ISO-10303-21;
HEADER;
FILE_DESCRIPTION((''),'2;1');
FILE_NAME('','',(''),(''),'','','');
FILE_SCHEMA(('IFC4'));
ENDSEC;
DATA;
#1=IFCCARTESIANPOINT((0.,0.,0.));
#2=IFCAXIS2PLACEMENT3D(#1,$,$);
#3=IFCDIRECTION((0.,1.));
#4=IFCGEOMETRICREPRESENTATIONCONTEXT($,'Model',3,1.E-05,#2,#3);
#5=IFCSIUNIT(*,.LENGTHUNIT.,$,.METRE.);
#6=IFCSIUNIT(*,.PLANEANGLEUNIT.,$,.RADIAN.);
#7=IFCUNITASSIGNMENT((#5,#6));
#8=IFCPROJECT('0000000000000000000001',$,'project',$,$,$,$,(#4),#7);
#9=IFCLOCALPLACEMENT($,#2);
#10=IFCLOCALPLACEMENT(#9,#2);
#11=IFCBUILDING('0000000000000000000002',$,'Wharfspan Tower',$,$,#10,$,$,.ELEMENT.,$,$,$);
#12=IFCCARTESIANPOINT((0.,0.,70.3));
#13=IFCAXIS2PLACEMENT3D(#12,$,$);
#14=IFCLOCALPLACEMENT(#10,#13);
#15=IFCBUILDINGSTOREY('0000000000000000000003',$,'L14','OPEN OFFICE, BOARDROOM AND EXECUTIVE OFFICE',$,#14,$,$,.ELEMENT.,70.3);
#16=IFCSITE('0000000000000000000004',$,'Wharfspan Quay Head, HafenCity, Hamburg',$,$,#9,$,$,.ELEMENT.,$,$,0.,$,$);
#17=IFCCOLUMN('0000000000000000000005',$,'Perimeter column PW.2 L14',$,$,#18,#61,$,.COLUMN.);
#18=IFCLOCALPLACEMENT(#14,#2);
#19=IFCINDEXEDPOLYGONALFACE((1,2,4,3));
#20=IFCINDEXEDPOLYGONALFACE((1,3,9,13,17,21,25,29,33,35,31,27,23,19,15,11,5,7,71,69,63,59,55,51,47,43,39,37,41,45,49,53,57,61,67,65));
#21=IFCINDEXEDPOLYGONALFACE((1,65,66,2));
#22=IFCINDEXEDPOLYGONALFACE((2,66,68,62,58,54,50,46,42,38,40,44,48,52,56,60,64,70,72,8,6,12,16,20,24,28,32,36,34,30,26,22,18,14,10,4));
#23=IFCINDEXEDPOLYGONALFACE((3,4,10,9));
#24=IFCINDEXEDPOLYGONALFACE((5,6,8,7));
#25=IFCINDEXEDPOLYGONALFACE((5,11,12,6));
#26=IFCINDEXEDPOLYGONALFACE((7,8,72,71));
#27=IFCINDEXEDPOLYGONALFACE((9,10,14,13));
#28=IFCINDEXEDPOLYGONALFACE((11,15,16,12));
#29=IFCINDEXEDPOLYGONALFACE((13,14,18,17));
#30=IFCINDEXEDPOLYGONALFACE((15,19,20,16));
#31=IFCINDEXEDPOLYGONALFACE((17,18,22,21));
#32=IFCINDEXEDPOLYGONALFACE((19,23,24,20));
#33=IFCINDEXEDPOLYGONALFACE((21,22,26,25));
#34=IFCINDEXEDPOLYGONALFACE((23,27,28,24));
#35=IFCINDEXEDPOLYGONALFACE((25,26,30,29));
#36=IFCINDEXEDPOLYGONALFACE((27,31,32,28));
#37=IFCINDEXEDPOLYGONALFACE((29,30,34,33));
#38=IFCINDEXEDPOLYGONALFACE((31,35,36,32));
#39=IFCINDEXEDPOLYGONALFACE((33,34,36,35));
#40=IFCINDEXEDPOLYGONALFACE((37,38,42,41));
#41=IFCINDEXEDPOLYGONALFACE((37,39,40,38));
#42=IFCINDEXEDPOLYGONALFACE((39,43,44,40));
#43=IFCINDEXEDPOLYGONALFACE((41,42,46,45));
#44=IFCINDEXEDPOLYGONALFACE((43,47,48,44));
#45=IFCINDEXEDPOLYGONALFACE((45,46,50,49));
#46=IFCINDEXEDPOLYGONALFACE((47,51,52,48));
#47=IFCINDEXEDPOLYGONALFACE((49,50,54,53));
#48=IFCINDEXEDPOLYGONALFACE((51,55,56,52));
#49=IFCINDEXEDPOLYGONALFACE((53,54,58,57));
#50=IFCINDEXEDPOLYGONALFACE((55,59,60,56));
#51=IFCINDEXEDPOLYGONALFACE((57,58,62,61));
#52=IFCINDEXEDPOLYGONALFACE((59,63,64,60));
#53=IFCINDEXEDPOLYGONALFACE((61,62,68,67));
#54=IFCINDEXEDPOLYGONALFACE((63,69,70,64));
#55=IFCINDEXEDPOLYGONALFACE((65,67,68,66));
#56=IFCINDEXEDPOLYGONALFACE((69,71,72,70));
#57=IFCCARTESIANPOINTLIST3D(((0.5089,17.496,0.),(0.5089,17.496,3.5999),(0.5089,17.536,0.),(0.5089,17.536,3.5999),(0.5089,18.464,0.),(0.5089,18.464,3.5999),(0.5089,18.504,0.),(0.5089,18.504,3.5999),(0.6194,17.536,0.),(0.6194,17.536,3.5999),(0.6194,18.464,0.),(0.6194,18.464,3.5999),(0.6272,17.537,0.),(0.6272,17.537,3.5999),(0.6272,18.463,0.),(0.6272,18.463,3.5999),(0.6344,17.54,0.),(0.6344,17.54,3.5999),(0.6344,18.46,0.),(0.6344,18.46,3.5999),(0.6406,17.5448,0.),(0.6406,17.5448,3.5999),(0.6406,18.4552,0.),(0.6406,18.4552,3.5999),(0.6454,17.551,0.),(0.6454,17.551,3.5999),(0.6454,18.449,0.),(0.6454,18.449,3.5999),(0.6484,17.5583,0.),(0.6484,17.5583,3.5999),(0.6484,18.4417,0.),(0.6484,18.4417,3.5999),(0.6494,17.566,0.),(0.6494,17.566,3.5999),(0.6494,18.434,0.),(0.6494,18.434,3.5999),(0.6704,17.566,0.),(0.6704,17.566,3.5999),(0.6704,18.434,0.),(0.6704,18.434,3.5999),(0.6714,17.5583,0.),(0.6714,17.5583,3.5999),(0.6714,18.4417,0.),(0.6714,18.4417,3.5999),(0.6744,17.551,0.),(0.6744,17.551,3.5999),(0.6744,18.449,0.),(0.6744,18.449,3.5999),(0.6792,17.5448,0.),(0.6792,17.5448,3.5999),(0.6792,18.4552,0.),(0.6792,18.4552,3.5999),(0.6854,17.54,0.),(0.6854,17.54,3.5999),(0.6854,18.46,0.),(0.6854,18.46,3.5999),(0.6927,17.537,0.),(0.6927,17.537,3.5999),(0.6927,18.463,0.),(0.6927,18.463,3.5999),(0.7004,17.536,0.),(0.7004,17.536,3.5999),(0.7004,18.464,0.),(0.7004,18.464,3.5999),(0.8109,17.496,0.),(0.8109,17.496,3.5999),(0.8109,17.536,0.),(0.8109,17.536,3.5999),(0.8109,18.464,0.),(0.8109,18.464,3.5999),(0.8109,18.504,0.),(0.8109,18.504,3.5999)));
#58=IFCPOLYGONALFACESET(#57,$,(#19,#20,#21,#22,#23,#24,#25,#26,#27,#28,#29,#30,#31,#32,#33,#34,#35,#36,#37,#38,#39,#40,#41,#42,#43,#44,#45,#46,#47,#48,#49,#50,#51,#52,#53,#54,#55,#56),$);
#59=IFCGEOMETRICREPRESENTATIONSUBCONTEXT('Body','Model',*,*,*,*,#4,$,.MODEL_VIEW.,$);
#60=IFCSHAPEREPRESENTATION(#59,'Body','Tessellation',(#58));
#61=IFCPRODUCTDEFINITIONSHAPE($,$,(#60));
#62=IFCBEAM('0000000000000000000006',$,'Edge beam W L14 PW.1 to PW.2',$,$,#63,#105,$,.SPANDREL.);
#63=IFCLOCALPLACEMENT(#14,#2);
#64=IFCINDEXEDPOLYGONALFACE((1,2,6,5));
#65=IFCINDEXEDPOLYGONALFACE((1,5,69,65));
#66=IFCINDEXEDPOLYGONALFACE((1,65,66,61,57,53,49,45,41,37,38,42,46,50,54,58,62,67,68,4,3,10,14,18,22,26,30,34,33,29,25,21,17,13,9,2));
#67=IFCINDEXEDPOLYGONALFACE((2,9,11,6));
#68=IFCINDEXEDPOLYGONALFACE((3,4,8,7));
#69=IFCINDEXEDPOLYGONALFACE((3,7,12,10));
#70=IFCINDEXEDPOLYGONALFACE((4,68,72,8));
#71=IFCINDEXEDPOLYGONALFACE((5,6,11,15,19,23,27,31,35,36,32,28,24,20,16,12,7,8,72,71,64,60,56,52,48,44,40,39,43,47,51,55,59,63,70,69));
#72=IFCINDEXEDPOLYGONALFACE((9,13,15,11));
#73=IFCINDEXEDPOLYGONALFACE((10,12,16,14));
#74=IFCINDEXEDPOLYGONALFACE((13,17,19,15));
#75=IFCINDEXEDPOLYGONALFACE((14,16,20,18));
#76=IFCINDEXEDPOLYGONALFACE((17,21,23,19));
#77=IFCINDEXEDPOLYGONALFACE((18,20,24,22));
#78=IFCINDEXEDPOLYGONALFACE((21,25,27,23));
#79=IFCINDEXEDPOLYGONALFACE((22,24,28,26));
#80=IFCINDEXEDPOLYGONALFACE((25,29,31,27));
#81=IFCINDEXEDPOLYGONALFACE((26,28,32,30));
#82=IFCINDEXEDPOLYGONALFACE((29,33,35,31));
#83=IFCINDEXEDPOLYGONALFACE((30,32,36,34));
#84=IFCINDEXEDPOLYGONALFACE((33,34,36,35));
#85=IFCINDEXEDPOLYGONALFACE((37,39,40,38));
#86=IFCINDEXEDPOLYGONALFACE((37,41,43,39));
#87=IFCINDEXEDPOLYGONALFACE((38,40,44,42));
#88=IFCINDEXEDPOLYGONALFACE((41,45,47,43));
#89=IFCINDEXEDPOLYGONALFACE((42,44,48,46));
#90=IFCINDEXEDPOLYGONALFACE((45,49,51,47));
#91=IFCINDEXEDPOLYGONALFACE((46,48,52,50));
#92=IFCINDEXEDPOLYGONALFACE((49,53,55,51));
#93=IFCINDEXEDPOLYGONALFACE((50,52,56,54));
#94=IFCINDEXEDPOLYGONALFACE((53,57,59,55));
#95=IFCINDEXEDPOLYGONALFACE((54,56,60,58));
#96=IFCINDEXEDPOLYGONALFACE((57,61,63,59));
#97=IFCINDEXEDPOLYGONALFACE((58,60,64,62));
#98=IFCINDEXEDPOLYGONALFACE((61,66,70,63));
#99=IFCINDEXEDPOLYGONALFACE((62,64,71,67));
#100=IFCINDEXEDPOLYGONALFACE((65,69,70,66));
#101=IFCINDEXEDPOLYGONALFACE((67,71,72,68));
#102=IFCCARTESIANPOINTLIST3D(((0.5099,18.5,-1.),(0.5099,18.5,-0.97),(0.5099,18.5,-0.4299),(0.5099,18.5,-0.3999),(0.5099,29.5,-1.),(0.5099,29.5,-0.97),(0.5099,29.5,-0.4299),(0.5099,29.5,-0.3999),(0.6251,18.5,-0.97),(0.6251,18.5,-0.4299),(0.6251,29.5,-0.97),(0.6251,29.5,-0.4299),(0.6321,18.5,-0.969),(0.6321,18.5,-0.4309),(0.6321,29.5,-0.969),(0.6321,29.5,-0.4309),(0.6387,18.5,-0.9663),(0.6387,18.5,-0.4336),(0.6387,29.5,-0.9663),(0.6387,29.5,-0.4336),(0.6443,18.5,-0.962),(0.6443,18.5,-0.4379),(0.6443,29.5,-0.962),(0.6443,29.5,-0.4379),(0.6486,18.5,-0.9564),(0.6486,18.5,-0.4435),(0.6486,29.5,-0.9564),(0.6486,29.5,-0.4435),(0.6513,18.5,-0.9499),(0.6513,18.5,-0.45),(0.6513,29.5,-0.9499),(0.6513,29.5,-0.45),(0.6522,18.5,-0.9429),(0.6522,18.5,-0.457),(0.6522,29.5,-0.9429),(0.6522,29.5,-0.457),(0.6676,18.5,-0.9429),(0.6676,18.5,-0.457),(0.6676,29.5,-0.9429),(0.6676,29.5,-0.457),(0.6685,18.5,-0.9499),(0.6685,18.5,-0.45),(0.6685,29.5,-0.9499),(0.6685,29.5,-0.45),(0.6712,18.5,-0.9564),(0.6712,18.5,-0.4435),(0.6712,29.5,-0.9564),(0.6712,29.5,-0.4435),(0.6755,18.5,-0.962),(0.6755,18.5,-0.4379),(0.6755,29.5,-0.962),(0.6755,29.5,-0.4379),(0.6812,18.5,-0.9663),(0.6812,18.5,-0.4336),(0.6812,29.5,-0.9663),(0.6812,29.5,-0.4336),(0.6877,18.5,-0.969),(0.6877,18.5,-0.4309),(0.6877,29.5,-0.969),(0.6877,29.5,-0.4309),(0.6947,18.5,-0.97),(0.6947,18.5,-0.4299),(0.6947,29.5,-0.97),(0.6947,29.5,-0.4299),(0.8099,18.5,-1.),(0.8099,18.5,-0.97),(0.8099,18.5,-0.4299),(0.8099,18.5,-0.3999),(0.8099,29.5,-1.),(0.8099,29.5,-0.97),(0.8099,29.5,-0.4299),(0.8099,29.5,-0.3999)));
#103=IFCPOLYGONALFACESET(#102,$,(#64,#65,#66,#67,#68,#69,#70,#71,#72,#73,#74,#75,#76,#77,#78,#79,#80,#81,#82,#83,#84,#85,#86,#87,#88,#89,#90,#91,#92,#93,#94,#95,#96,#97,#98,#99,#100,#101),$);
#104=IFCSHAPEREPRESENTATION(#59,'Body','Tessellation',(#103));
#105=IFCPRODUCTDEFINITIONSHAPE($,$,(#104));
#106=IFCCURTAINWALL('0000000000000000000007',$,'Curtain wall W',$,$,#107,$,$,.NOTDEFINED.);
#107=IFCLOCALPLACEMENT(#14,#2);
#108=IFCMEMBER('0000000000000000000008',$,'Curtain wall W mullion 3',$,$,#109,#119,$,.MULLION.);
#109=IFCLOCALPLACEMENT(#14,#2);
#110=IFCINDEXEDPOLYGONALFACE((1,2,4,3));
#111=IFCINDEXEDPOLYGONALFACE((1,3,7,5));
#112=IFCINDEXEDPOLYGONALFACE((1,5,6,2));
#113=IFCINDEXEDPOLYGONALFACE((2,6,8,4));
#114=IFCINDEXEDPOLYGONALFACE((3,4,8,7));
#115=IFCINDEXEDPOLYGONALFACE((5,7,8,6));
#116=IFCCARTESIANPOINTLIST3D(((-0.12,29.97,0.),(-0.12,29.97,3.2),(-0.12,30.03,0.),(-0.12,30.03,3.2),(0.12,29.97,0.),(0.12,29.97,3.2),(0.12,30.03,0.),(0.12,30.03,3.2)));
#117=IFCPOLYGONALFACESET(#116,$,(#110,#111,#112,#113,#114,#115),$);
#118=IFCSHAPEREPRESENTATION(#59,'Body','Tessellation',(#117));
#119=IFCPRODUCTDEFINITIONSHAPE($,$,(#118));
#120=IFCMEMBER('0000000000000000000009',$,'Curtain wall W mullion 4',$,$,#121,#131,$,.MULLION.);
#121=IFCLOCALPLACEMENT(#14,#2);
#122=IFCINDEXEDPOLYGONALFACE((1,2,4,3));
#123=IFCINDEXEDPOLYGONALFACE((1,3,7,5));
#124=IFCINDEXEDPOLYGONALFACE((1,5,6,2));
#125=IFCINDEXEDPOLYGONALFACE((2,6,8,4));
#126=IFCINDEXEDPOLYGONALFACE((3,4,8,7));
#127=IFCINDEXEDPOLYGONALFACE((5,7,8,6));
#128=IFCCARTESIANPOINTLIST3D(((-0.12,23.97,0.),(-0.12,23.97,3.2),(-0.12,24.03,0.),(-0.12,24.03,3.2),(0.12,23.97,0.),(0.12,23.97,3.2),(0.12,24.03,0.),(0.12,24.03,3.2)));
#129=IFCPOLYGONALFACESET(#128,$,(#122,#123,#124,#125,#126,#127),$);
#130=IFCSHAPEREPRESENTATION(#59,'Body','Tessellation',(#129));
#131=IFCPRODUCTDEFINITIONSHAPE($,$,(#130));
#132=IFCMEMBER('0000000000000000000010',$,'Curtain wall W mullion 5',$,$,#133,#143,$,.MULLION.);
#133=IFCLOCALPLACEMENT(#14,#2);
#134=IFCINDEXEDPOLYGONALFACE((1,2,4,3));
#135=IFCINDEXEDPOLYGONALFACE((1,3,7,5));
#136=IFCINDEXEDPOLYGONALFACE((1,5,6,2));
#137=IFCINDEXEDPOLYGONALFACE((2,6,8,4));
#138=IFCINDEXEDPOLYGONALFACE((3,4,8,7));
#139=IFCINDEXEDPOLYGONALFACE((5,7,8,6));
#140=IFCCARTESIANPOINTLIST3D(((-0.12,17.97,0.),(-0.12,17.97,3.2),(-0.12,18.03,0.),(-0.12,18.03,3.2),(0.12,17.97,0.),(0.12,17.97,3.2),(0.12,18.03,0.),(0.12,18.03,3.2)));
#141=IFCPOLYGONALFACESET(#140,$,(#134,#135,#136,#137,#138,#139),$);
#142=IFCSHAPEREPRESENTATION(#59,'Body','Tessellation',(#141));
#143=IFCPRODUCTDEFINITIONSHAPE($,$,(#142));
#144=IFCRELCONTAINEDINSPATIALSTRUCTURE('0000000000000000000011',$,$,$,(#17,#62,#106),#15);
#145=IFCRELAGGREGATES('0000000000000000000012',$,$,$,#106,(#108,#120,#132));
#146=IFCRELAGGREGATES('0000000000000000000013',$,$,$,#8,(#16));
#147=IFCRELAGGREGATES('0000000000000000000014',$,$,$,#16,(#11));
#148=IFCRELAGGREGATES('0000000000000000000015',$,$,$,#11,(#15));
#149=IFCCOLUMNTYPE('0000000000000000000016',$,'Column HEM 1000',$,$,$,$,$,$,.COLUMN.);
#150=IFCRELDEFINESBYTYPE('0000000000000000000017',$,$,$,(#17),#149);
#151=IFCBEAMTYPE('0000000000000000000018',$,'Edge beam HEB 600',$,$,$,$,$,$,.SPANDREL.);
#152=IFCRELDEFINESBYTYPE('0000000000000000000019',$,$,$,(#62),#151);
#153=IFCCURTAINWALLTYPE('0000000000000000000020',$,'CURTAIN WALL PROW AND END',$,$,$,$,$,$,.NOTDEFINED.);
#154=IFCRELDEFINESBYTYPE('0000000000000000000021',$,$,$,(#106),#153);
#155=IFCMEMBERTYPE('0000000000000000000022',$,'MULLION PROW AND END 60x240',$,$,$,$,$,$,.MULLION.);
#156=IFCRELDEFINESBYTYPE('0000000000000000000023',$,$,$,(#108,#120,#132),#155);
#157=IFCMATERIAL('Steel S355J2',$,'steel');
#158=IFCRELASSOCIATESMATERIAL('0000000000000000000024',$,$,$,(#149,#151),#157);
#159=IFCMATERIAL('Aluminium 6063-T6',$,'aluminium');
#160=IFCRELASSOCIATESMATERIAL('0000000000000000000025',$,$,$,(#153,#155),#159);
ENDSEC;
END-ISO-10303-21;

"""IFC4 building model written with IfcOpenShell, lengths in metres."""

from ifc_helpers import new_model, si_unit, direction, frame, origin, origin_2d, place, context, subcontext, project, spatial, rectangle, i_section, extrude, material, material_profile, profile_set, type_object, element, aggregate, save


model = new_model("IFC4")

# Units and contexts
model_context = context("Model", 3, precision=1e-05, world=origin(), true_north=direction((0.0, 1.0)))
body_context = subcontext(model_context, "Body", "Model", "MODEL_VIEW")
ifc_project = project(units=[si_unit("LENGTHUNIT", "METRE"), si_unit("PLANEANGLEUNIT", "RADIAN")], contexts=[model_context])

# Site, building, storey
site_placement = place(None, origin())
site = spatial("IfcSite", under=ifc_project, at=site_placement, Name="Wharfspan Quay Head, HafenCity, Hamburg", CompositionType="ELEMENT", RefElevation=0.0)
building_placement = place(site_placement, origin())
building = spatial("IfcBuilding", under=site, at=building_placement, Name="Wharfspan Tower", CompositionType="ELEMENT")
storey_placement = place(building_placement, frame((0.0, 0.0, 70.3)))
storey = spatial("IfcBuildingStorey", under=building, at=storey_placement, Name="L14", Description="OPEN OFFICE, BOARDROOM AND EXECUTIVE OFFICE", CompositionType="ELEMENT", Elevation=70.3)

# Column
ifc_material_1 = material(Name="Steel S355J2", Category="steel")
ifc_material_profile_1 = material_profile(ifc_material_1, i_section(OverallWidth=0.302, OverallDepth=1.0081, WebThickness=0.021, FlangeThickness=0.04, FilletRadius=0.03, at=origin_2d()))
ifc_profile_set_1 = profile_set([ifc_material_profile_1], Name="Steel S355J2")
column_type = type_object("IfcColumnType", Name="Column HEM 1000", PredefinedType="COLUMN", material=ifc_profile_set_1)
column_placement = place(storey_placement, frame((0.6599, 18.0, 0.0), z_axis=(0.0, 0.0, 1.0), x_axis=(-1.0, 0.0, 0.0)))
element("IfcColumn", 1, at=column_placement, inside=storey, type_object=column_type, Name="Perimeter column PW.2 L14", PredefinedType="COLUMN", context=body_context, shape_type="SweptSolid", body=[
    extrude(i_section(OverallWidth=0.302, OverallDepth=1.0081, WebThickness=0.021, FlangeThickness=0.04, FilletRadius=0.03, at=origin_2d()), origin(), (0.0, 0.0, 1.0), 3.5999),
])

# Beam
ifc_material_profile_2 = material_profile(ifc_material_1, i_section(OverallWidth=0.3, OverallDepth=0.6001, WebThickness=0.0154, FlangeThickness=0.03, FilletRadius=0.0271, at=origin_2d()))
ifc_profile_set_2 = profile_set([ifc_material_profile_2], Name="Steel S355J2")
beam_type = type_object("IfcBeamType", Name="Edge beam HEB 600", PredefinedType="SPANDREL", material=ifc_profile_set_2)
beam_placement = place(storey_placement, frame((0.6599, 29.5, -0.7), z_axis=(0.0, -1.0, 0.0), x_axis=(1.0, 0.0, 0.0)))
element("IfcBeam", 2, at=beam_placement, inside=storey, type_object=beam_type, Name="Edge beam W L14 PW.1 to PW.2", PredefinedType="SPANDREL", context=body_context, shape_type="SweptSolid", body=[
    extrude(i_section(OverallWidth=0.3, OverallDepth=0.6001, WebThickness=0.0154, FlangeThickness=0.03, FilletRadius=0.0271, at=origin_2d()), origin(), (0.0, 0.0, 1.0), 11.0),
])

# Curtain wall, members
ifc_material_2 = material(Name="Aluminium 6063-T6", Category="aluminium")
curtain_wall_type = type_object("IfcCurtainWallType", Name="CURTAIN WALL PROW AND END", PredefinedType="NOTDEFINED", material=ifc_material_2)
curtain_wall_placement = place(storey_placement, origin())
curtain_wall = element("IfcCurtainWall", 3, at=curtain_wall_placement, inside=storey, type_object=curtain_wall_type, Name="Curtain wall W", PredefinedType="NOTDEFINED")
ifc_material_profile_3 = material_profile(ifc_material_2, rectangle(XDim=0.24, YDim=0.0601, at=origin_2d()))
ifc_profile_set_3 = profile_set([ifc_material_profile_3], Name="Aluminium 6063-T6")
member_type_1 = type_object("IfcMemberType", Name="MULLION PROW AND END 60x240", PredefinedType="MULLION", material=ifc_profile_set_3)
member_1_placement = place(storey_placement, frame((0.0, 30.0, 0.0), z_axis=(0.0, 0.0, 1.0), x_axis=(1.0, 0.0, 0.0)))
member_1 = element("IfcMember", 4, at=member_1_placement, type_object=member_type_1, Name="Curtain wall W mullion 3", PredefinedType="MULLION", context=body_context, shape_type="SweptSolid", body=[
    extrude(rectangle(XDim=0.24, YDim=0.0601, at=origin_2d()), origin(), (0.0, 0.0, 1.0), 3.2),
])
member_2_placement = place(storey_placement, frame((0.0, 24.0, 0.0), z_axis=(0.0, 0.0, 1.0), x_axis=(1.0, 0.0, 0.0)))
member_2 = element("IfcMember", 5, at=member_2_placement, type_object=member_type_1, Name="Curtain wall W mullion 4", PredefinedType="MULLION", context=body_context, shape_type="SweptSolid", body=[
    extrude(rectangle(XDim=0.24, YDim=0.0601, at=origin_2d()), origin(), (0.0, 0.0, 1.0), 3.2),
])
member_3_placement = place(storey_placement, frame((0.0, 18.0, 0.0), z_axis=(0.0, 0.0, 1.0), x_axis=(1.0, 0.0, 0.0)))
member_3 = element("IfcMember", 6, at=member_3_placement, type_object=member_type_1, Name="Curtain wall W mullion 5", PredefinedType="MULLION", context=body_context, shape_type="SweptSolid", body=[
    extrude(rectangle(XDim=0.24, YDim=0.0601, at=origin_2d()), origin(), (0.0, 0.0, 1.0), 3.2),
])

aggregate(curtain_wall, [member_1, member_2, member_3])

save(model, "model.ifc")
